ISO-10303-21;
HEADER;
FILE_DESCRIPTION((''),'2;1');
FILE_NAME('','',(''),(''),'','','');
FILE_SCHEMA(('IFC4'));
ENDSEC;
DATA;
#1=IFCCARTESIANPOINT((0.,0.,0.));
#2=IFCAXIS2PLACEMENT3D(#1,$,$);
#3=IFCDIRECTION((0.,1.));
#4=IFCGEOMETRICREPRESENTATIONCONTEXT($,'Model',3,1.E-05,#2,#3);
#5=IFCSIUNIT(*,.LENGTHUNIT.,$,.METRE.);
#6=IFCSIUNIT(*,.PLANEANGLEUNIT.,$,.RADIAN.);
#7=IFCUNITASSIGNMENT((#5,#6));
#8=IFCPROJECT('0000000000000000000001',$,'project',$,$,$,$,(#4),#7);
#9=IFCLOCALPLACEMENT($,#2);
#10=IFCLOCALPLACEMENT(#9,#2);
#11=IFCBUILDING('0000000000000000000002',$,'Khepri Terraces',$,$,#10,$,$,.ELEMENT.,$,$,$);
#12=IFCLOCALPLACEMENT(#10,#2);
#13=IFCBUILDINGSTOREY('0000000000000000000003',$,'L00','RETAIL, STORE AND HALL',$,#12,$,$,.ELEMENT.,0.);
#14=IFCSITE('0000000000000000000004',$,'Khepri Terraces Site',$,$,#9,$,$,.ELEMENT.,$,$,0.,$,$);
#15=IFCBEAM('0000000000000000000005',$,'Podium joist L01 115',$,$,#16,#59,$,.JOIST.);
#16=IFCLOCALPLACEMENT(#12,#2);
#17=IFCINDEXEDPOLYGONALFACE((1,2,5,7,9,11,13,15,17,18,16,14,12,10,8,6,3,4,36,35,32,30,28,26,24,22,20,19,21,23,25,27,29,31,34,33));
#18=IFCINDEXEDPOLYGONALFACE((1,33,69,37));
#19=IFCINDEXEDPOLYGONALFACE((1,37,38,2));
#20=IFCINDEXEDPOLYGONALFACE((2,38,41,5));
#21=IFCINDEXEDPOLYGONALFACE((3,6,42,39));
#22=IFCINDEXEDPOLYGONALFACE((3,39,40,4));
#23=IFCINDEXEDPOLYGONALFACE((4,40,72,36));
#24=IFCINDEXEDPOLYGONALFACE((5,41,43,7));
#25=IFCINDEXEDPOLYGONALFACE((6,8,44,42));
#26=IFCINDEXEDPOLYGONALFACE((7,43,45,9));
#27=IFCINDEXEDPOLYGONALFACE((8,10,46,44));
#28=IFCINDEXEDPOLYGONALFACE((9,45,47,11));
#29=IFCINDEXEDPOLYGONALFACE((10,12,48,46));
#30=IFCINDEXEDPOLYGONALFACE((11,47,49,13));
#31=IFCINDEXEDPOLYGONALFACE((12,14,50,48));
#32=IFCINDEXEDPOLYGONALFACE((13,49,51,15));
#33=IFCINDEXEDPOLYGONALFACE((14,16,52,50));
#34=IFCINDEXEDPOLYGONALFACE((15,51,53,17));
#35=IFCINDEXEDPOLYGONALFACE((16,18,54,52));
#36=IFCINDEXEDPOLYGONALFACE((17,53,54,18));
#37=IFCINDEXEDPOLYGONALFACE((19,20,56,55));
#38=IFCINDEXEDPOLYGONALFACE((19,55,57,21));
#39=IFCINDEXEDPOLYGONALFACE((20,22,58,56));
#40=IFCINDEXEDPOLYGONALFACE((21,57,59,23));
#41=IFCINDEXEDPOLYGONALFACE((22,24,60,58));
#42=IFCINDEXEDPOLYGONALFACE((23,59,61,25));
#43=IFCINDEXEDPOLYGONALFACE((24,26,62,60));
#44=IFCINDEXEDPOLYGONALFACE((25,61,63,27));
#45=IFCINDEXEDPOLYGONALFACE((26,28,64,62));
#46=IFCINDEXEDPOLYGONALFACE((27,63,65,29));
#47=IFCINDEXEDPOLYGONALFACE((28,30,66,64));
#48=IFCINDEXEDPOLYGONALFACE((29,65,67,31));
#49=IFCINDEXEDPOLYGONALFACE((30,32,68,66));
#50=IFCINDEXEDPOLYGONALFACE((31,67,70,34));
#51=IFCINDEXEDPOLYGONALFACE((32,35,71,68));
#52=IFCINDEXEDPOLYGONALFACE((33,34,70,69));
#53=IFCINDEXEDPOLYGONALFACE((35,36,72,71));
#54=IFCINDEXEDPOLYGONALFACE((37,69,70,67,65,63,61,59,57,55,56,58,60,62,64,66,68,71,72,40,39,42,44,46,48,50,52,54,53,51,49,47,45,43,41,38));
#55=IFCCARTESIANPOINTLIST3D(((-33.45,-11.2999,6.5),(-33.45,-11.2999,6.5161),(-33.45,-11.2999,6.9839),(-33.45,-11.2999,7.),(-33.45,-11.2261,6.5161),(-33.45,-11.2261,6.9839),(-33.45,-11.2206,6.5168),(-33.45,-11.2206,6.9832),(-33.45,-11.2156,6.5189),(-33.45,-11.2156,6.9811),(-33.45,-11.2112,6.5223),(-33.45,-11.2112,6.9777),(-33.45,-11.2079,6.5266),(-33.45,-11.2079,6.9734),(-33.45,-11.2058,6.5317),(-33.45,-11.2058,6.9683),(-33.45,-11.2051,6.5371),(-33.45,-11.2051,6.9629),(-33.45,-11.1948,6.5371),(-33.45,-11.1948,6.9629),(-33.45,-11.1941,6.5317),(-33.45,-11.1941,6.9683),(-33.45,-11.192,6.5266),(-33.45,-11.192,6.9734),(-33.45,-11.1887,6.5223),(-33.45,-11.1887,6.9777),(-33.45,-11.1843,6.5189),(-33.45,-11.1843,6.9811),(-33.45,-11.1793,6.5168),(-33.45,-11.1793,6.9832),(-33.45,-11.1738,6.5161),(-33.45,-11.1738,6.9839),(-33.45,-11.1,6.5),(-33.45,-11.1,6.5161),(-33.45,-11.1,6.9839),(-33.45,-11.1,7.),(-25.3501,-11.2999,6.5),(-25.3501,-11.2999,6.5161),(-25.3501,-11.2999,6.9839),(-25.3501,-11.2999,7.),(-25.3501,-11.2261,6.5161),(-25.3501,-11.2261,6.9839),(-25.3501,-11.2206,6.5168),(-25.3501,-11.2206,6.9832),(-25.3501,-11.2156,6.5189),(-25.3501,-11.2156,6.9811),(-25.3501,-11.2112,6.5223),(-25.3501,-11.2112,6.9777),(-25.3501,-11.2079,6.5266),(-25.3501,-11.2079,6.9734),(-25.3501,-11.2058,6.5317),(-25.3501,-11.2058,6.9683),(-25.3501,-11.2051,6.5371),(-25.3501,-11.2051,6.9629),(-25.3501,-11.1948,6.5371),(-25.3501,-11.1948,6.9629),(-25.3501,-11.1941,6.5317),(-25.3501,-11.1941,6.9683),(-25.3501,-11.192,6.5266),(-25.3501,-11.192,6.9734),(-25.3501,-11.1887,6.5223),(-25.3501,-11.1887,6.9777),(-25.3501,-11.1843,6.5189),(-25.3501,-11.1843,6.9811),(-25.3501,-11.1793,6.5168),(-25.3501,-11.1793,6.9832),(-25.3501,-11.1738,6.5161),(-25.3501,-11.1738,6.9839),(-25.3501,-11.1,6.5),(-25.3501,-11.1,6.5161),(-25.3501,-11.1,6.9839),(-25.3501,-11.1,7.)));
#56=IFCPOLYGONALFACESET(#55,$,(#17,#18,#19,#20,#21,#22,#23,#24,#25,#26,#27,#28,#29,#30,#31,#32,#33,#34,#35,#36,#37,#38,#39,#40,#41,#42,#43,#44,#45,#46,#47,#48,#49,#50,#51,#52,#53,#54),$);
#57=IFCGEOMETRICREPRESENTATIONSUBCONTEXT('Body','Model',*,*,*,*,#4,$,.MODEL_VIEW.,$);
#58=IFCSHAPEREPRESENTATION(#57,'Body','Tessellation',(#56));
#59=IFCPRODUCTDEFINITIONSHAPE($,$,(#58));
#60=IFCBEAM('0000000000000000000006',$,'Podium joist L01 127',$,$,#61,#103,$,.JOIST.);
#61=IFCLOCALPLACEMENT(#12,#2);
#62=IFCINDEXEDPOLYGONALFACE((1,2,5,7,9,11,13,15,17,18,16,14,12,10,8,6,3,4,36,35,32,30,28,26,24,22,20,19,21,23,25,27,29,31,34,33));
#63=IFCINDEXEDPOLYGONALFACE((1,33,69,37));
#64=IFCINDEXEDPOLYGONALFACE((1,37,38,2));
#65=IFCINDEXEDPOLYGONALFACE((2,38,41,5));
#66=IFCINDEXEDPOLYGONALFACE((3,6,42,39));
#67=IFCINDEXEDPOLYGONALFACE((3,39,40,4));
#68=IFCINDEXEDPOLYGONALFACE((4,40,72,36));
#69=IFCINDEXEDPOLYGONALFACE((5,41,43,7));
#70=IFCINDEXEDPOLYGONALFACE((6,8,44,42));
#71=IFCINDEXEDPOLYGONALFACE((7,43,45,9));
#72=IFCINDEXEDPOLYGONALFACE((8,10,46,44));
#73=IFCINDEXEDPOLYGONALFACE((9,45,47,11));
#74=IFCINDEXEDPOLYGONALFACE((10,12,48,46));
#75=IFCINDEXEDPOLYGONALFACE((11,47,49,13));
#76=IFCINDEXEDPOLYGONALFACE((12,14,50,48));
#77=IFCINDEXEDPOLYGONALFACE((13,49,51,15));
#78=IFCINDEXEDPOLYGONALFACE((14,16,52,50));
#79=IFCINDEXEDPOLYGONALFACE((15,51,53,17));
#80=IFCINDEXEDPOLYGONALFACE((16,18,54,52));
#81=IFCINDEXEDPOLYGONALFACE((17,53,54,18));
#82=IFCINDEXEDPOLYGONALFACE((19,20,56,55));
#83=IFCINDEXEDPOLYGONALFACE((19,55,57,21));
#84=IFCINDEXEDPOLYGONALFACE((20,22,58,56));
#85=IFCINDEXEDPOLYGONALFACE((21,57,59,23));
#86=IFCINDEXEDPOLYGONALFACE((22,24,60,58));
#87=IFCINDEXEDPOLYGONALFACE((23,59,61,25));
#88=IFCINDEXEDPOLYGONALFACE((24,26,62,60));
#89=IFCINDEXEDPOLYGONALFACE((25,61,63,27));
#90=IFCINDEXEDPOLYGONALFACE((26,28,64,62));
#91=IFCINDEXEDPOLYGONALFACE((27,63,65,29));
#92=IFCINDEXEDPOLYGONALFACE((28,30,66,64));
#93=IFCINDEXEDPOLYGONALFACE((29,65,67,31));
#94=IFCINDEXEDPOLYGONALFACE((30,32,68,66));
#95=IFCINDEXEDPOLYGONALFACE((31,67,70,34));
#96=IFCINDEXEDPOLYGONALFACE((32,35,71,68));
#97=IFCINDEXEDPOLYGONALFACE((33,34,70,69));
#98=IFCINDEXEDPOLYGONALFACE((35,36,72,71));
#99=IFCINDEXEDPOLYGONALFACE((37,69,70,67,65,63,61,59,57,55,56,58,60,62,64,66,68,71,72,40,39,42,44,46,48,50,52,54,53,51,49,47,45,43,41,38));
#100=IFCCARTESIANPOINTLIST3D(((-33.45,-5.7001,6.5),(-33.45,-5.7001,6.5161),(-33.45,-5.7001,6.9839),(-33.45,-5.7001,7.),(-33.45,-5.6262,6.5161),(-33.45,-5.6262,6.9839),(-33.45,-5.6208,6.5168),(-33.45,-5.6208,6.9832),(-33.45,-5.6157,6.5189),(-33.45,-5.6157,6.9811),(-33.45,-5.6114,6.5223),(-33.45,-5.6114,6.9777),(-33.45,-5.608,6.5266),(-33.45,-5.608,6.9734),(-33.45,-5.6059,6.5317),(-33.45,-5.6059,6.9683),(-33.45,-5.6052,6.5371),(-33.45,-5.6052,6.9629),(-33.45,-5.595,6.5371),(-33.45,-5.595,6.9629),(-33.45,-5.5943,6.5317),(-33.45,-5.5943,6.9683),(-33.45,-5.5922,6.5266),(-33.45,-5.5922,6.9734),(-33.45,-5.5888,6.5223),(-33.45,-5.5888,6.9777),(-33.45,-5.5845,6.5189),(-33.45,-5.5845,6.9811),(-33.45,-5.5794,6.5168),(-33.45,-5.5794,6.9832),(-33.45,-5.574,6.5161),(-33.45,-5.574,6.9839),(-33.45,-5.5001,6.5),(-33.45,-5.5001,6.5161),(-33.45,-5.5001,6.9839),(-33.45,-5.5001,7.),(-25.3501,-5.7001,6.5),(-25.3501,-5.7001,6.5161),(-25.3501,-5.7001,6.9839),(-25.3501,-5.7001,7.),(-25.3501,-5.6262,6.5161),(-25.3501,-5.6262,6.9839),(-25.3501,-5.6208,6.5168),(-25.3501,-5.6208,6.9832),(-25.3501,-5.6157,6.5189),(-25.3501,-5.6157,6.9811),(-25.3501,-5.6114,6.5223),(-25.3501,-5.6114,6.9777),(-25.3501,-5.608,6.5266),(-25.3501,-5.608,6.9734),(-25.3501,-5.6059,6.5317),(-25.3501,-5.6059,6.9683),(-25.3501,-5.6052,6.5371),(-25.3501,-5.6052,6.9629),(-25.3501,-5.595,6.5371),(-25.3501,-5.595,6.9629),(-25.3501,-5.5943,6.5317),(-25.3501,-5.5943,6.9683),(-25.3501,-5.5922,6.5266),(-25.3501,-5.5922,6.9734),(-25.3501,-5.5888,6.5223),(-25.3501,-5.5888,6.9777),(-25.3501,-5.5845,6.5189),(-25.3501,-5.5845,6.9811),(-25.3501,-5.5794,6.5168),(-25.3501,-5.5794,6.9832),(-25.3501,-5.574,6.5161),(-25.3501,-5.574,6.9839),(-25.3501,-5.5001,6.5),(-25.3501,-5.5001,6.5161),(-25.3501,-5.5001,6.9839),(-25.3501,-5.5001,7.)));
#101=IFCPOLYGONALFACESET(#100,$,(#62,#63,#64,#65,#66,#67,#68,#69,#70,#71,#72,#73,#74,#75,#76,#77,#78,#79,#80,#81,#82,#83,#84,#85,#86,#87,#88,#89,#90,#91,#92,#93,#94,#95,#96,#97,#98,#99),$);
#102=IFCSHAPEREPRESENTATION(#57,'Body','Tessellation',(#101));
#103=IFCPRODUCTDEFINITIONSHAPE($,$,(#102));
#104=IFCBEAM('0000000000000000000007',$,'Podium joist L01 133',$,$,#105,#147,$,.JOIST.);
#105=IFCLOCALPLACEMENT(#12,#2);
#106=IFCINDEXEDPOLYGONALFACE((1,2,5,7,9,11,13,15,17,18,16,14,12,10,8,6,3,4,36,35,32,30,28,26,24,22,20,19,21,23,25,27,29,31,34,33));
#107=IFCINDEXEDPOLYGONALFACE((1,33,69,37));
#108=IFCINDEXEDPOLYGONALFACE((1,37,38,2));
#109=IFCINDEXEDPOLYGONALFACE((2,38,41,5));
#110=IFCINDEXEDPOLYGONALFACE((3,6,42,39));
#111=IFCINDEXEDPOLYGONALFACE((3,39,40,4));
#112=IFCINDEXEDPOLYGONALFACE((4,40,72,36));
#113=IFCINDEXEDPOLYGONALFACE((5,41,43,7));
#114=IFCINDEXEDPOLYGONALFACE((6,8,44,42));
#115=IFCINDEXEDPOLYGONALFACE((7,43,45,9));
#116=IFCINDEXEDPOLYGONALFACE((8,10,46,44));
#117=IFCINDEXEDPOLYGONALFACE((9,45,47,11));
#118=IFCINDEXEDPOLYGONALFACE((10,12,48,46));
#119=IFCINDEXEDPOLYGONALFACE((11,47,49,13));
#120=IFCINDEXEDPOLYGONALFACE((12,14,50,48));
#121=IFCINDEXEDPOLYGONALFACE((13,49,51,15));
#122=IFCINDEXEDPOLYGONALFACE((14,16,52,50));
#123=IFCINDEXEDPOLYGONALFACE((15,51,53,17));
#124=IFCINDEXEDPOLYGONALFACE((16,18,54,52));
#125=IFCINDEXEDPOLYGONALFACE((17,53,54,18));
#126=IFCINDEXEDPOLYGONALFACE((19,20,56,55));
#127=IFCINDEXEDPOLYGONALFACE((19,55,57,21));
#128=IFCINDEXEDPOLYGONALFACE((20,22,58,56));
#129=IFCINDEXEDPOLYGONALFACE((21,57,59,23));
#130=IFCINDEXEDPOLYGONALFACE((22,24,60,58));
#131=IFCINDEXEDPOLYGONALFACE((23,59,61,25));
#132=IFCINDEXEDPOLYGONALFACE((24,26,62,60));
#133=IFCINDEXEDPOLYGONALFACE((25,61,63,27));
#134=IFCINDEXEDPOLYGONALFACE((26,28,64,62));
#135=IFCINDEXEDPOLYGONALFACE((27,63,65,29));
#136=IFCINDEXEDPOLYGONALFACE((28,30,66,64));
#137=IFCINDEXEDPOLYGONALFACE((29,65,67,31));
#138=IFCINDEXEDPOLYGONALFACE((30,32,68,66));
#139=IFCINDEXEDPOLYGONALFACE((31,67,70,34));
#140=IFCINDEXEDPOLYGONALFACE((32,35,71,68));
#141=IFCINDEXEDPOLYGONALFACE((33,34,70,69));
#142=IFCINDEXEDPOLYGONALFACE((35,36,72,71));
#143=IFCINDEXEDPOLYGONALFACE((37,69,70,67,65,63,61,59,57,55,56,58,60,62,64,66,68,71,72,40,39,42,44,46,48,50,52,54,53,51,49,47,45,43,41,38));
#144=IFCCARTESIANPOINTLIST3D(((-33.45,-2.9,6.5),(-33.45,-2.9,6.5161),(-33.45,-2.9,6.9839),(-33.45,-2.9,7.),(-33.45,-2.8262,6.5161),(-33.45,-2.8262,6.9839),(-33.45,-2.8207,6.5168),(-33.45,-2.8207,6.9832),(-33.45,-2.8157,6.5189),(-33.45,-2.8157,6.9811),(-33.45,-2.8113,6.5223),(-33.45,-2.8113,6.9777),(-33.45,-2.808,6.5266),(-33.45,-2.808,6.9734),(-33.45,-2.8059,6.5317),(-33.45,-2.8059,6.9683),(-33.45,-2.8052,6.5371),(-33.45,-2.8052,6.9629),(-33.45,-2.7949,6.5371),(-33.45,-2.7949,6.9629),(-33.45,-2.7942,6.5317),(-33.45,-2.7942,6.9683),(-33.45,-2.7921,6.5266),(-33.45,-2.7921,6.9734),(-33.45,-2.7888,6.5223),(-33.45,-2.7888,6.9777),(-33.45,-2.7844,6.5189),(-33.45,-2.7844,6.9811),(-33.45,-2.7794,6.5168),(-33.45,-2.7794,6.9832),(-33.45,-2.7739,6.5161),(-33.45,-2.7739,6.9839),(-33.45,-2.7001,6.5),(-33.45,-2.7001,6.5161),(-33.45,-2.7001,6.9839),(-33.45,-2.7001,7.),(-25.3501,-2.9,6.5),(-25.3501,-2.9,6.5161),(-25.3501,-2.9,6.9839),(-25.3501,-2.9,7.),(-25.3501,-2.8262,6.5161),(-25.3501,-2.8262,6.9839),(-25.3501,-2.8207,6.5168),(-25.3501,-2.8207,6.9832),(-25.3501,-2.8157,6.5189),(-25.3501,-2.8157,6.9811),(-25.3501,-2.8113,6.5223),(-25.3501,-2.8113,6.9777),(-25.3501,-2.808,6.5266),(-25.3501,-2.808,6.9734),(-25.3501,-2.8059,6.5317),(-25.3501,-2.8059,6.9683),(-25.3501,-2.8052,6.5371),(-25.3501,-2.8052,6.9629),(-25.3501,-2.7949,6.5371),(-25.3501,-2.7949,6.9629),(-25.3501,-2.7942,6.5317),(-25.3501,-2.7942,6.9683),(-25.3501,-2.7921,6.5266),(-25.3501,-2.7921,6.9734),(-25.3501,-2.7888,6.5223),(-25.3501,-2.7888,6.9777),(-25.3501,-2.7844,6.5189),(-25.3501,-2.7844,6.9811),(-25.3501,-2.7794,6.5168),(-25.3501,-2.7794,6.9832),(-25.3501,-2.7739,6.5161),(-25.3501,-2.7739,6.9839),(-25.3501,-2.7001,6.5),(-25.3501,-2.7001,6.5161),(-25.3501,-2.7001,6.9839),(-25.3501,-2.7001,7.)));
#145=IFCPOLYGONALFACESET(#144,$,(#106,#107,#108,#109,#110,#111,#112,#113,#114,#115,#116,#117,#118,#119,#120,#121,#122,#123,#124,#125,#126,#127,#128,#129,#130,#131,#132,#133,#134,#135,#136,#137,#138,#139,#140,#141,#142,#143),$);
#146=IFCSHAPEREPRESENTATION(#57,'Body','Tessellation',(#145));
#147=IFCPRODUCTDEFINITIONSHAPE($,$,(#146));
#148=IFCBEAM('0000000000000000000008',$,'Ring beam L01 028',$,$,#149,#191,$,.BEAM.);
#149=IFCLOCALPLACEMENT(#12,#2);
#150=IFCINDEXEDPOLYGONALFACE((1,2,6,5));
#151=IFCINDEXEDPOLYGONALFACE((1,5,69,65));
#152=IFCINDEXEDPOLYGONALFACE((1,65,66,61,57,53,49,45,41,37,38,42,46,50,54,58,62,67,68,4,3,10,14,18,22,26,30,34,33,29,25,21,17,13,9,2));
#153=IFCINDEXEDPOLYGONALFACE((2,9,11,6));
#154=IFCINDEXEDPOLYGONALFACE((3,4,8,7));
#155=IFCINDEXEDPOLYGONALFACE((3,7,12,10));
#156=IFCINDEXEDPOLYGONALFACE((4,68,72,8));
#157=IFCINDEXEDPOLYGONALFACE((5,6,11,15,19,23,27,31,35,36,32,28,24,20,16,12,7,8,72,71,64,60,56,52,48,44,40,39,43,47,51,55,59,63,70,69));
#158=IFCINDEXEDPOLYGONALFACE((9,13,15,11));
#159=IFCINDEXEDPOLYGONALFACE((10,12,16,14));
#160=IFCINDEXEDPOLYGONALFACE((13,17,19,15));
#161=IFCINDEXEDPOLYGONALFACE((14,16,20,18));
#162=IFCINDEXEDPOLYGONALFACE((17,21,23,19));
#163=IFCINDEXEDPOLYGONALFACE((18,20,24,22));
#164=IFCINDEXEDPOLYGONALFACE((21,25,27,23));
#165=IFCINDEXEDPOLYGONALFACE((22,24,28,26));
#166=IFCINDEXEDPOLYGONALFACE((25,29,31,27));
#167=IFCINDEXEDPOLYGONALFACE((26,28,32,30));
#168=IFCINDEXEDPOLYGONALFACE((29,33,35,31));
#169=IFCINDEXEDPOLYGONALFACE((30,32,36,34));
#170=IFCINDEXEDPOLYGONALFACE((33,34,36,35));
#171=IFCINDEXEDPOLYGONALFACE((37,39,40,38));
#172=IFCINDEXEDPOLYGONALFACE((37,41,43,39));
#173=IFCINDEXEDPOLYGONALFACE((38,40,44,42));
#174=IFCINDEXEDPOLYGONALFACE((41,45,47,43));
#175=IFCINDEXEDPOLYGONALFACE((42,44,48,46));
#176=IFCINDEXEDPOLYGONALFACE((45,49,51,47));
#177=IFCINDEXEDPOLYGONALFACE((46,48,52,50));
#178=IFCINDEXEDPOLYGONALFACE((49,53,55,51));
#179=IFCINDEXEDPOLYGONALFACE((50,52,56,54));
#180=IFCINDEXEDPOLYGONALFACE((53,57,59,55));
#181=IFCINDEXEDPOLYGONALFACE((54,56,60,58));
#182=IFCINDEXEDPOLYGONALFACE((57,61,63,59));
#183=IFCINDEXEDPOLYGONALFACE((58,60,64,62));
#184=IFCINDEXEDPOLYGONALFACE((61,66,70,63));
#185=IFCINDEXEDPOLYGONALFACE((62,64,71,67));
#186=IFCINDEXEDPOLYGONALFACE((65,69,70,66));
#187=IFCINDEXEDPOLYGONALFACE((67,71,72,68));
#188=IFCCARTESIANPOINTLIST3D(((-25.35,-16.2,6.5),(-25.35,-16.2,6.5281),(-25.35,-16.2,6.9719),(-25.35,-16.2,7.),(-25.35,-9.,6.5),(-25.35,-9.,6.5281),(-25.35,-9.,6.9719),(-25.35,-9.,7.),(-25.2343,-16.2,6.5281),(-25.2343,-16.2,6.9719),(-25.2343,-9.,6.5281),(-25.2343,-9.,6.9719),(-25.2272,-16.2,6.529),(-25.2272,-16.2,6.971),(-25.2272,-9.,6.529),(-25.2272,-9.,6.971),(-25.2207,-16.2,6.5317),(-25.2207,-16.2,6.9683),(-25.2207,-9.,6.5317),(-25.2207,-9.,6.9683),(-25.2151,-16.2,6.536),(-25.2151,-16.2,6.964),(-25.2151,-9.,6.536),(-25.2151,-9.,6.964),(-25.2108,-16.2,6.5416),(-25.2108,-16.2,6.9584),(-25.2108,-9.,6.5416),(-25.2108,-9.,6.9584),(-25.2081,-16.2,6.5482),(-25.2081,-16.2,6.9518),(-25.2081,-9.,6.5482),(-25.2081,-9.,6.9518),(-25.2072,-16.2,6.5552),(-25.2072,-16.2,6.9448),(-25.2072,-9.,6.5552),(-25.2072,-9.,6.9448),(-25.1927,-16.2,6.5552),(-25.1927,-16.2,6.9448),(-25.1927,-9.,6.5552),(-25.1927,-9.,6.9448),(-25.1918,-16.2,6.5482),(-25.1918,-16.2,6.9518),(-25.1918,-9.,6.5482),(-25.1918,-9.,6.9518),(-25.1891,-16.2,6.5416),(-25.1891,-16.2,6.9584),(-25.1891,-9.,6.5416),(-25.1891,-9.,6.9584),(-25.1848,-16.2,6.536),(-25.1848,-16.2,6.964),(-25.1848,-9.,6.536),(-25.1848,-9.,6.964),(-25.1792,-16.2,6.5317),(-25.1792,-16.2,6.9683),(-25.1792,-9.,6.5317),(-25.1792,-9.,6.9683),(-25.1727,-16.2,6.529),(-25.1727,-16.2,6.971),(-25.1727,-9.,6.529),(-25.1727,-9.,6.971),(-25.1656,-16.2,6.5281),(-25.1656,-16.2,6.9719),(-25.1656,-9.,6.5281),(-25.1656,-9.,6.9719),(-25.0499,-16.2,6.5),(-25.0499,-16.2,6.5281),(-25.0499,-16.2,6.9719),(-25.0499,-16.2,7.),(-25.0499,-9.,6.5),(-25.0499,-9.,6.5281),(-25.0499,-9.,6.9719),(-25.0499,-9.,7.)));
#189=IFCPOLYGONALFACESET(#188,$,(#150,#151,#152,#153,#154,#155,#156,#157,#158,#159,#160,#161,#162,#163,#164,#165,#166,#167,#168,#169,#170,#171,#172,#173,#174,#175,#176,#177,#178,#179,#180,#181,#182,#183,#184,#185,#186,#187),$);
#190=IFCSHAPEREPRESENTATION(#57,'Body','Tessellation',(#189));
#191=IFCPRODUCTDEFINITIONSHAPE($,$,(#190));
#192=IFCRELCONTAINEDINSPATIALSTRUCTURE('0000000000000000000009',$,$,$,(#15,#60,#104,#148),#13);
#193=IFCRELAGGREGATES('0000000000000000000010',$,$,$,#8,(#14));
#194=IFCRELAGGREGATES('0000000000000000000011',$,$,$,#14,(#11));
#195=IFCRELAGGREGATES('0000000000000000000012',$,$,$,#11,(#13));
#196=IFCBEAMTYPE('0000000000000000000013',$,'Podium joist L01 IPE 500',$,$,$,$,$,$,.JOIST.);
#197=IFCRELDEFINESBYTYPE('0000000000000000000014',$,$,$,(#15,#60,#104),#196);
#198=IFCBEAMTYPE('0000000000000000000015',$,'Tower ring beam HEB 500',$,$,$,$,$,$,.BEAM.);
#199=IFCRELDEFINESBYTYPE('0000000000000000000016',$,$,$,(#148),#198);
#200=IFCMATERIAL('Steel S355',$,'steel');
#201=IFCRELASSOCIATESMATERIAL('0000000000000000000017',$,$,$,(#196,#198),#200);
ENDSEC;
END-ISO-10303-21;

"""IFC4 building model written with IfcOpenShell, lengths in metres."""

from ifc_helpers import new_model, si_unit, direction, frame, origin, origin_2d, place, context, subcontext, project, spatial, i_section, extrude, material, material_profile, profile_set, type_object, element, save


model = new_model("IFC4")

# Units and contexts
model_context = context("Model", 3, precision=1e-05, world=origin(), true_north=direction((0.0, 1.0)))
body_context = subcontext(model_context, "Body", "Model", "MODEL_VIEW")
ifc_project = project(units=[si_unit("LENGTHUNIT", "METRE"), si_unit("PLANEANGLEUNIT", "RADIAN")], contexts=[model_context])

# Site, building, storey
site_placement = place(None, origin())
site = spatial("IfcSite", under=ifc_project, at=site_placement, Name="Khepri Terraces Site", CompositionType="ELEMENT", RefElevation=0.0)
building_placement = place(site_placement, origin())
building = spatial("IfcBuilding", under=site, at=building_placement, Name="Khepri Terraces", CompositionType="ELEMENT")
storey_placement = place(building_placement, origin())
storey = spatial("IfcBuildingStorey", under=building, at=storey_placement, Name="L00", Description="RETAIL, STORE AND HALL", CompositionType="ELEMENT", Elevation=0.0)

# Beams
ifc_material_1 = material(Name="Steel S355", Category="steel")
ifc_material_profile_1 = material_profile(ifc_material_1, i_section(OverallWidth=0.2, OverallDepth=0.5, WebThickness=0.0103, FlangeThickness=0.0161, FilletRadius=0.021, at=origin_2d()), Name="Steel S355", Category="steel")
ifc_profile_set_1 = profile_set([ifc_material_profile_1], Name="Steel S355")
beam_type_1 = type_object("IfcBeamType", Name="Podium joist L01 IPE 500", PredefinedType="JOIST", material=ifc_profile_set_1)
for number, where, z_axis, x_axis, name in (
    (1, (-33.45, -11.2, 6.75), (1.0, 0.0, 0.0), (0.0, 1.0, 0.0), "Podium joist L01 115"),
    (2, (-33.45, -5.6001, 6.75), (1.0, 0.0, 0.0), (0.0, 1.0, 0.0), "Podium joist L01 127"),
    (3, (-33.45, -2.8, 6.75), (1.0, 0.0, 0.0), (0.0, 1.0, 0.0), "Podium joist L01 133"),
):
    element("IfcBeam", number, at=place(storey_placement, frame(where, z_axis=z_axis, x_axis=x_axis)), inside=storey, type_object=beam_type_1, Name=name, PredefinedType="JOIST", context=body_context, shape_type="SweptSolid", body=[
        extrude(i_section(OverallWidth=0.2, OverallDepth=0.5, WebThickness=0.0103, FlangeThickness=0.0161, FilletRadius=0.021, at=origin_2d()), origin(), (0.0, 0.0, 1.0), 8.0999),
    ])
ifc_material_profile_2 = material_profile(ifc_material_1, i_section(OverallWidth=0.3, OverallDepth=0.5, WebThickness=0.0144, FlangeThickness=0.0281, FilletRadius=0.0271, at=origin_2d()), Name="Steel S355", Category="steel")
ifc_profile_set_2 = profile_set([ifc_material_profile_2], Name="Steel S355")
beam_type_2 = type_object("IfcBeamType", Name="Tower ring beam HEB 500", PredefinedType="BEAM", material=ifc_profile_set_2)
for number, where, z_axis, x_axis, name in (
    (4, (-25.2, -16.2, 6.75), (0.0, 1.0, 0.0), (-1.0, 0.0, 0.0), "Ring beam L01 028"),
):
    element("IfcBeam", number, at=place(storey_placement, frame(where, z_axis=z_axis, x_axis=x_axis)), inside=storey, type_object=beam_type_2, Name=name, PredefinedType="BEAM", context=body_context, shape_type="SweptSolid", body=[
        extrude(i_section(OverallWidth=0.3, OverallDepth=0.5, WebThickness=0.0144, FlangeThickness=0.0281, FilletRadius=0.0271, at=origin_2d()), origin(), (0.0, 0.0, 1.0), 7.2),
    ])

save(model, "model.ifc")
